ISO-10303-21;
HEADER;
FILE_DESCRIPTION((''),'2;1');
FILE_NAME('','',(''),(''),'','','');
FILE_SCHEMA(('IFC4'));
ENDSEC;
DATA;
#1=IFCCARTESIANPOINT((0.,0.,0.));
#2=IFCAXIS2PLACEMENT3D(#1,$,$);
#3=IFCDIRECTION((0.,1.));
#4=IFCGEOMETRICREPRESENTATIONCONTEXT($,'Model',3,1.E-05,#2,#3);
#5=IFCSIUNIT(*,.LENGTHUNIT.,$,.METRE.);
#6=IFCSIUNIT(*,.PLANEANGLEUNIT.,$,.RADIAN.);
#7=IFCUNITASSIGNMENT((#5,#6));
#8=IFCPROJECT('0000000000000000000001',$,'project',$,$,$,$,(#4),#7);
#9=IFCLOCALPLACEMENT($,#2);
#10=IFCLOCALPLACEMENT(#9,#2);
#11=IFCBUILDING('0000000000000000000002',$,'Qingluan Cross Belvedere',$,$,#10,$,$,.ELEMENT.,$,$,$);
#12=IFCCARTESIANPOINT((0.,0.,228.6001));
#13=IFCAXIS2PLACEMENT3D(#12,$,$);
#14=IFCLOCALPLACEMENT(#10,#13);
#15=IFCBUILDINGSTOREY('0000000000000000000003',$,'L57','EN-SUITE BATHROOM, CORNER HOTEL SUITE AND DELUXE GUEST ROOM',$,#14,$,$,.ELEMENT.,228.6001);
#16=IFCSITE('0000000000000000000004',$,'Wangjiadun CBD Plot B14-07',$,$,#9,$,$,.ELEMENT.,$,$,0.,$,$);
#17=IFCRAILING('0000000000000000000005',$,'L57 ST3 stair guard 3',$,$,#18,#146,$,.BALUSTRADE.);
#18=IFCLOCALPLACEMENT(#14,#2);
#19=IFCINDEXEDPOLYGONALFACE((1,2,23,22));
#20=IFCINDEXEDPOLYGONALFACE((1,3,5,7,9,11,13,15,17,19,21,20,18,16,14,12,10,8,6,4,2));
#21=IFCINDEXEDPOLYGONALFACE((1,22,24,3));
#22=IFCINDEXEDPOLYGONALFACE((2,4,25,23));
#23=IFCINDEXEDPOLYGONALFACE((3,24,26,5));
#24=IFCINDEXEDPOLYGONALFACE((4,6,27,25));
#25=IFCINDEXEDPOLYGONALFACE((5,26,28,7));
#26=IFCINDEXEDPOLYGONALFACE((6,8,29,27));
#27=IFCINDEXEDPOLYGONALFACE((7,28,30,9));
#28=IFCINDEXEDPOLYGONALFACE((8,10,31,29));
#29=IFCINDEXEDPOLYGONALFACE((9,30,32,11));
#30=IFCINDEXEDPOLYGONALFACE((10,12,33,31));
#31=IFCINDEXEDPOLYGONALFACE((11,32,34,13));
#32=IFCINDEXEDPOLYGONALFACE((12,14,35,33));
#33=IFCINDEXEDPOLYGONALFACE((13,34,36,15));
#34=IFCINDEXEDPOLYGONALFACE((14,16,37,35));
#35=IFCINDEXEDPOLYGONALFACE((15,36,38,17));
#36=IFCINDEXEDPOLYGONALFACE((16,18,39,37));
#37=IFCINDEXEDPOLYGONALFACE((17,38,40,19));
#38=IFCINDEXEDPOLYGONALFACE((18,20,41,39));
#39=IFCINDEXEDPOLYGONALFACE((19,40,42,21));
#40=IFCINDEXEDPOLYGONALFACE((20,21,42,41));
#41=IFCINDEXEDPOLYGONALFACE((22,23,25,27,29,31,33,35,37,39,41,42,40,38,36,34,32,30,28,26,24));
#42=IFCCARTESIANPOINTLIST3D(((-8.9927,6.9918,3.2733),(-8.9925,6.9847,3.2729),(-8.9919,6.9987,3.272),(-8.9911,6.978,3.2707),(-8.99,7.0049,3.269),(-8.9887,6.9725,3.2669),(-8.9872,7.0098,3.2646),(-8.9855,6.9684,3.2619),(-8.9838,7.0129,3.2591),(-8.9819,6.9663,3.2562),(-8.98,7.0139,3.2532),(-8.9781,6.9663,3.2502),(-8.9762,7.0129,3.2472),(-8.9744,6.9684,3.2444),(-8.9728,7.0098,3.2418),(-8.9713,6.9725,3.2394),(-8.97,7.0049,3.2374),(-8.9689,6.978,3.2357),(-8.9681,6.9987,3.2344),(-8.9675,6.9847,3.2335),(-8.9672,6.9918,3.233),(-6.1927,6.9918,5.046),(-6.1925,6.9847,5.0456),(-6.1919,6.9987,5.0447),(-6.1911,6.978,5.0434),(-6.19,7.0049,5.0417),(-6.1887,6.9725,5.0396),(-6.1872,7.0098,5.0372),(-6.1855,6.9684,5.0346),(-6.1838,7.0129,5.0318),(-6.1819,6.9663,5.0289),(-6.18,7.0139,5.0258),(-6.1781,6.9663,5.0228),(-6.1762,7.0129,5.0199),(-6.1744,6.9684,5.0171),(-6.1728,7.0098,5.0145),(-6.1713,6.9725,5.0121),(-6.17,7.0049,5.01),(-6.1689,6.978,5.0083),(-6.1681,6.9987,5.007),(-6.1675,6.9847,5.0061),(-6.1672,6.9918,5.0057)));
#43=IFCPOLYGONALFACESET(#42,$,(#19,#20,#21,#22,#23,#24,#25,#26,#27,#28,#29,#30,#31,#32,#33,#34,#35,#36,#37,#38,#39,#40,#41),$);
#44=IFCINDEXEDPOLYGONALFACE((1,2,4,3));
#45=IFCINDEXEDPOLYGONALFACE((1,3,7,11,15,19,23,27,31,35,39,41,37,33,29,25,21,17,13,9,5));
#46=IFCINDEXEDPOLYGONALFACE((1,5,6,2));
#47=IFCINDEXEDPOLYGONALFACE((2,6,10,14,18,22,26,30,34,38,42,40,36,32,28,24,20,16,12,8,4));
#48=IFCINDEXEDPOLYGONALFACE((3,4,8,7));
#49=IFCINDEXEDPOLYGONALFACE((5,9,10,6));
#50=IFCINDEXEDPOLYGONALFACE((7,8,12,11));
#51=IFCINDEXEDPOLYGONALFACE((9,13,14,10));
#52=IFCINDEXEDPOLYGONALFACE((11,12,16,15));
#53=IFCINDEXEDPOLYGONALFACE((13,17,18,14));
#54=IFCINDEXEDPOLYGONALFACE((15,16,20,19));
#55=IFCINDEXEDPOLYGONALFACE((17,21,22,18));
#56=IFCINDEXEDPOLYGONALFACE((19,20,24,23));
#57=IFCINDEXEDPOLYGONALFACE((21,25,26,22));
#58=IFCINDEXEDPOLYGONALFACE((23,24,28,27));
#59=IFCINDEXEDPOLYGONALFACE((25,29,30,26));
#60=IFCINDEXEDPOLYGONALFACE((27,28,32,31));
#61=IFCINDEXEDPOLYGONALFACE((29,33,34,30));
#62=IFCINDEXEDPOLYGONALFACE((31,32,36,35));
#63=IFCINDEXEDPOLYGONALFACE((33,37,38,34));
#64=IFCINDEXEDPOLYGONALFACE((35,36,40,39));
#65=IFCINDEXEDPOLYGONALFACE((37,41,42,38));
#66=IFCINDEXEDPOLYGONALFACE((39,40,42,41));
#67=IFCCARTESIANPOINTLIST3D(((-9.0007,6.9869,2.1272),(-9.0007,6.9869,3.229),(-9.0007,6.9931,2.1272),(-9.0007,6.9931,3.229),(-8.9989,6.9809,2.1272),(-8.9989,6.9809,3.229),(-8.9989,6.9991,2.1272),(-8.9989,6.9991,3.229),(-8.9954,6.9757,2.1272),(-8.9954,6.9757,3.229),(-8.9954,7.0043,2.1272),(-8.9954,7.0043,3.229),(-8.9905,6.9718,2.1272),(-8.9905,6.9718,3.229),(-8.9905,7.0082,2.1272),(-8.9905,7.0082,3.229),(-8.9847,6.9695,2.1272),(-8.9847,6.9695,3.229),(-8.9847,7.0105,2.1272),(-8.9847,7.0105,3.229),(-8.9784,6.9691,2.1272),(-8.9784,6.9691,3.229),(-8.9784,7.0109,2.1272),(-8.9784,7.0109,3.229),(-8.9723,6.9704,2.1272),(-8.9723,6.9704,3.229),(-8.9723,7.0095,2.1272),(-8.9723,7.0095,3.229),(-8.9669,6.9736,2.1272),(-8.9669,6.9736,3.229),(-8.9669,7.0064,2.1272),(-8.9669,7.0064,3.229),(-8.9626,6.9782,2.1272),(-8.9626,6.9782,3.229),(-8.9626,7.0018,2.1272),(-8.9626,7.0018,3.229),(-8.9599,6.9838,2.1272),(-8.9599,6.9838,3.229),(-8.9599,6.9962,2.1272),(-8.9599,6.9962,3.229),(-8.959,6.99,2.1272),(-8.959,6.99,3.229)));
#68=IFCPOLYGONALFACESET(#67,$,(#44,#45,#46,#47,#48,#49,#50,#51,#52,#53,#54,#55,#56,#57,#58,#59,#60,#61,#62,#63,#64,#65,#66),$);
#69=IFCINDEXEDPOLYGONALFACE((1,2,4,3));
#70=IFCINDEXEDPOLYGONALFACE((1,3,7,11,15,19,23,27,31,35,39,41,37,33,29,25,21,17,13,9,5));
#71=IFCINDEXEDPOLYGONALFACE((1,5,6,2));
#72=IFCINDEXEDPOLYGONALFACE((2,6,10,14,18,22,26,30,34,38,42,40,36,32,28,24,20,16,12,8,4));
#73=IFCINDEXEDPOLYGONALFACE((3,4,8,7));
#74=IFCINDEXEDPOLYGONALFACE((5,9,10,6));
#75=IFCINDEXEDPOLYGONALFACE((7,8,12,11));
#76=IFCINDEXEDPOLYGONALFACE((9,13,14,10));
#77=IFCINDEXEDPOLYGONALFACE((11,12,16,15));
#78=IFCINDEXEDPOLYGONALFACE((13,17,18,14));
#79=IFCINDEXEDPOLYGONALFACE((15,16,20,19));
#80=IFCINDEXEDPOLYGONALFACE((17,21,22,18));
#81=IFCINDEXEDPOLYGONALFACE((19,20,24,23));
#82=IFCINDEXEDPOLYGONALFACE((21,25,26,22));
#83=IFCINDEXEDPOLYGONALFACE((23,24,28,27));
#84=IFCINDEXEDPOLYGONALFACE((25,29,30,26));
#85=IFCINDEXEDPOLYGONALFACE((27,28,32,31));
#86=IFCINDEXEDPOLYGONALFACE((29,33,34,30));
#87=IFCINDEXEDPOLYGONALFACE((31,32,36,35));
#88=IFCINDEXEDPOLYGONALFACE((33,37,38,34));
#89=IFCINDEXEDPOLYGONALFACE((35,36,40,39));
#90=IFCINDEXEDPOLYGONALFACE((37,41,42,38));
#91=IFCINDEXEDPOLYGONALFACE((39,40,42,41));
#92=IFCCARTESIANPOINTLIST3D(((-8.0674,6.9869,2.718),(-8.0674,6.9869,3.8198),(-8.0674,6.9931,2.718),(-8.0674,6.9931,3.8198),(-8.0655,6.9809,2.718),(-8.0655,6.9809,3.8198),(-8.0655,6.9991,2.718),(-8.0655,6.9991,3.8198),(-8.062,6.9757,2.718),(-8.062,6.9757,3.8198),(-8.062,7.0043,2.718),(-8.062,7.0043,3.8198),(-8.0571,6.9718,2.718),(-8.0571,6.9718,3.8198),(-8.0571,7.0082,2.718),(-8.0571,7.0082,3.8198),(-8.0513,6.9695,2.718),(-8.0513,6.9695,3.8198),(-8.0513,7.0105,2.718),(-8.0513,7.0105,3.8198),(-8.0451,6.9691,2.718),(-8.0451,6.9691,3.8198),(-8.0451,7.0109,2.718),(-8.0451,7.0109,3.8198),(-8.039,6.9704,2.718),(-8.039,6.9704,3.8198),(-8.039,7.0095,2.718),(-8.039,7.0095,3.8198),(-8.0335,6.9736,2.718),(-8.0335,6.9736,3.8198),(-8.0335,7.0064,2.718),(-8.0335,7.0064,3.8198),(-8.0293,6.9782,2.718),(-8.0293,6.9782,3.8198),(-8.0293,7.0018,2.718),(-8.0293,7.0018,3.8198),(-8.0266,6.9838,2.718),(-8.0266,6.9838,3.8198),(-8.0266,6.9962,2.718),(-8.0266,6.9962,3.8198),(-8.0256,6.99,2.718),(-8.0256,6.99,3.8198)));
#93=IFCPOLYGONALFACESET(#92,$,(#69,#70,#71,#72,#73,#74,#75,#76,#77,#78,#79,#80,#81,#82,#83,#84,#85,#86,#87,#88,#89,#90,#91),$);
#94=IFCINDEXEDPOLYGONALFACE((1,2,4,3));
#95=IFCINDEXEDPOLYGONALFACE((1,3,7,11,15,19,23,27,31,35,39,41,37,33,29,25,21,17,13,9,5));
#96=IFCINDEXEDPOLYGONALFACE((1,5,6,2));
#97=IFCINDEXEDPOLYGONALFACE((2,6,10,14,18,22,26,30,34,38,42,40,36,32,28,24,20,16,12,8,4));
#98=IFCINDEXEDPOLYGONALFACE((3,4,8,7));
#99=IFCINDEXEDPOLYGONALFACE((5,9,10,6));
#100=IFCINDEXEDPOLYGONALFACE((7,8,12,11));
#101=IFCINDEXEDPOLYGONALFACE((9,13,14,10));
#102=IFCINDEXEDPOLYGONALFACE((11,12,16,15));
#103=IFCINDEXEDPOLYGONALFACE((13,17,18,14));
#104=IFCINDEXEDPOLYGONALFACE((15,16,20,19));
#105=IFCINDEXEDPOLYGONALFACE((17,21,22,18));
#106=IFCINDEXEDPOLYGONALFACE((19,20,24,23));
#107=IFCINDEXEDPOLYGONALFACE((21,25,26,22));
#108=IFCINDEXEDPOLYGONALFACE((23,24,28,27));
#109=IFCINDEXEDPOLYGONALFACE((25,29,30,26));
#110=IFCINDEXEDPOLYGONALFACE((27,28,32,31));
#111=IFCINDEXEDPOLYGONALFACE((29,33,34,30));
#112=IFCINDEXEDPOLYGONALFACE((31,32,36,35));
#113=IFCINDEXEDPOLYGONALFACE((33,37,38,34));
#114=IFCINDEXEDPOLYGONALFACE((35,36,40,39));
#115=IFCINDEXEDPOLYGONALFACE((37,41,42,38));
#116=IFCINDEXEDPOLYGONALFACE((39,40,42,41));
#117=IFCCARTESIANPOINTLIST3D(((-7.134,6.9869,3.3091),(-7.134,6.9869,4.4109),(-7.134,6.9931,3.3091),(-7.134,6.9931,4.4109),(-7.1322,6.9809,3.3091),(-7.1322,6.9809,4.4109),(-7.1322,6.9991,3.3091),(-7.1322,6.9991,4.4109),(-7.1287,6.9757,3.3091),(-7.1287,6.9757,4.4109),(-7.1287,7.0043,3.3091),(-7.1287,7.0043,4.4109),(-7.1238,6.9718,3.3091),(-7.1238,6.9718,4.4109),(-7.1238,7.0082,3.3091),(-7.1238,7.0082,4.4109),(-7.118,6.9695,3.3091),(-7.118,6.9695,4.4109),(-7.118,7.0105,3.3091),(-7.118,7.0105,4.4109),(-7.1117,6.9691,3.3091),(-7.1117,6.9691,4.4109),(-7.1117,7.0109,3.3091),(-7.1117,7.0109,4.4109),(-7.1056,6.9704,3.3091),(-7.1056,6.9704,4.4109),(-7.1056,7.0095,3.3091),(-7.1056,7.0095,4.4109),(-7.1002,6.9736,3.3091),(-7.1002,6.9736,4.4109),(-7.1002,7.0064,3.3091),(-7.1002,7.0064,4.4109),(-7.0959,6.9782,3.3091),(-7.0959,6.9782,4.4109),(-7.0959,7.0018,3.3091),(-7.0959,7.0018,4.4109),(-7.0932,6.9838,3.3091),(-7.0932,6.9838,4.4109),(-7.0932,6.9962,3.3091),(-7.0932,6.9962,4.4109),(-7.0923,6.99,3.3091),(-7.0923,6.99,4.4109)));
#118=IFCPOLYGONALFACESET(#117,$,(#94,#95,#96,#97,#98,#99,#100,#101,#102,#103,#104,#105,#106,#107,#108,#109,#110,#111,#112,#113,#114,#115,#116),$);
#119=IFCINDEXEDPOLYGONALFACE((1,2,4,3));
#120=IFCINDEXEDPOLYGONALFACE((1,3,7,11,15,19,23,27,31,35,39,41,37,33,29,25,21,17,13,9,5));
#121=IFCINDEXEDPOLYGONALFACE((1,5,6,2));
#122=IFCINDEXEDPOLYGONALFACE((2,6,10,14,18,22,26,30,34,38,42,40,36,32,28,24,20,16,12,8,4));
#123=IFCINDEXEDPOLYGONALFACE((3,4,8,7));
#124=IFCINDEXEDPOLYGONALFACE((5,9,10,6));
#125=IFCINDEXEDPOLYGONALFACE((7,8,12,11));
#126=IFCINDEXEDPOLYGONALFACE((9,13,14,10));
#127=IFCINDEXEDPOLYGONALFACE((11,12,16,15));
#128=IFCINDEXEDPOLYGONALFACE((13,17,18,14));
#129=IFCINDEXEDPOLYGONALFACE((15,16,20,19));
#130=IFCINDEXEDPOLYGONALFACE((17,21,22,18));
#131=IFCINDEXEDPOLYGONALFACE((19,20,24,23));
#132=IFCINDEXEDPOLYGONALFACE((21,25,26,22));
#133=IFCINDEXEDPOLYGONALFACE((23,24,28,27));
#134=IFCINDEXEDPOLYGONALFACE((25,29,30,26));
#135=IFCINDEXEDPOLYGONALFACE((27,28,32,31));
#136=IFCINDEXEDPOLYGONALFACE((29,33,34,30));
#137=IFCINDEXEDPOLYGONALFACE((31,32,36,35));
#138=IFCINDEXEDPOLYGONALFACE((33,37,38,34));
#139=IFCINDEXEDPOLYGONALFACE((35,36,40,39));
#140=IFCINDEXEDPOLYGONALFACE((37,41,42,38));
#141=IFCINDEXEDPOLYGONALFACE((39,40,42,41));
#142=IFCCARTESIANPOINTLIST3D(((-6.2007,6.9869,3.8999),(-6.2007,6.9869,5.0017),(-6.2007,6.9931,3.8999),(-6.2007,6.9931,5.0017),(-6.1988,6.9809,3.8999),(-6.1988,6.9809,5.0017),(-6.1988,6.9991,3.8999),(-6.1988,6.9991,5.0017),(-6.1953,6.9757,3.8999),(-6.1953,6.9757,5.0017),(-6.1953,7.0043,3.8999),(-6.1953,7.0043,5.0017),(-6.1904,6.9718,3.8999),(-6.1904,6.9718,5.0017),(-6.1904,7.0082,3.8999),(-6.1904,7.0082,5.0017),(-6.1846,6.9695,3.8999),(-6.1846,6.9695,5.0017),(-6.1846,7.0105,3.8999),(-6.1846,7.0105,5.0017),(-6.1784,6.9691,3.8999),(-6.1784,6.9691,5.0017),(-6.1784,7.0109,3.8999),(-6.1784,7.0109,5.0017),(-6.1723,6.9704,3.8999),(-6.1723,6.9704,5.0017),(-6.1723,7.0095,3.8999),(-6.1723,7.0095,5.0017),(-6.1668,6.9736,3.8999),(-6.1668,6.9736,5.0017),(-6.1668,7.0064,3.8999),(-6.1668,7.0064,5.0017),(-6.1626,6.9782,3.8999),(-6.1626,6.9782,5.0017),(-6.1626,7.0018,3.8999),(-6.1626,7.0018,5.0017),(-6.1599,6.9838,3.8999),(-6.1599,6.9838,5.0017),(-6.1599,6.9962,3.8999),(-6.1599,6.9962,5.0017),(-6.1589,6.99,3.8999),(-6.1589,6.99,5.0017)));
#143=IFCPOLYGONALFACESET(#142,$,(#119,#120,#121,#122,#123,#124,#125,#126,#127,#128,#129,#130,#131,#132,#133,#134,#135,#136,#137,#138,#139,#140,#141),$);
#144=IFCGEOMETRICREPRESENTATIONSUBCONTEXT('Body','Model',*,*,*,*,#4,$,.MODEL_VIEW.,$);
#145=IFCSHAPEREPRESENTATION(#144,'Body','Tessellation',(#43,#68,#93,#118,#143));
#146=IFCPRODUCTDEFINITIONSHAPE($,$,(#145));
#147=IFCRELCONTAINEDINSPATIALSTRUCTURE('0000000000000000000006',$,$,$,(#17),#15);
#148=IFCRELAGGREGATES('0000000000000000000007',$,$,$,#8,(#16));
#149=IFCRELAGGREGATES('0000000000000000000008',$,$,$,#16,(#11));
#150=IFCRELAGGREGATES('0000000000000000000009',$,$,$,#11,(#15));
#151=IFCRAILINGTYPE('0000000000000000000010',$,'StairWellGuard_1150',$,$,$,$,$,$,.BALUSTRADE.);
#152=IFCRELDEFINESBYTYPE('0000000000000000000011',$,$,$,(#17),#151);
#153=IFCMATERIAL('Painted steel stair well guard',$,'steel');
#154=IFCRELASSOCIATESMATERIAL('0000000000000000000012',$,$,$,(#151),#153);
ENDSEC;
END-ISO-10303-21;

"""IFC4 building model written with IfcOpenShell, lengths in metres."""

from ifc_helpers import new_model, si_unit, direction, frame, origin, origin_2d, place, context, subcontext, project, spatial, circle, extrude, material, type_object, element, save


model = new_model("IFC4")

# Units and contexts
model_context = context("Model", 3, precision=1e-05, world=origin(), true_north=direction((0.0, 1.0)))
body_context = subcontext(model_context, "Body", "Model", "MODEL_VIEW")
ifc_project = project(units=[si_unit("LENGTHUNIT", "METRE"), si_unit("PLANEANGLEUNIT", "RADIAN")], contexts=[model_context])

# Site, building, storey
site_placement = place(None, origin())
site = spatial("IfcSite", under=ifc_project, at=site_placement, Name="Wangjiadun CBD Plot B14-07", CompositionType="ELEMENT", RefElevation=0.0)
building_placement = place(site_placement, origin())
building = spatial("IfcBuilding", under=site, at=building_placement, Name="Qingluan Cross Belvedere", CompositionType="ELEMENT")
storey_placement = place(building_placement, frame((0.0, 0.0, 228.6001)))
storey = spatial("IfcBuildingStorey", under=building, at=storey_placement, Name="L57", Description="EN-SUITE BATHROOM, CORNER HOTEL SUITE AND DELUXE GUEST ROOM", CompositionType="ELEMENT", Elevation=228.6001)

# Railing
ifc_material_1 = material(Name="Painted steel stair well guard", Category="steel")
railing_type_1 = type_object("IfcRailingType", Name="StairWellGuard_1150", PredefinedType="BALUSTRADE", material=ifc_material_1)
railing_1_placement = place(storey_placement, frame((-8.98, 6.99, 2.1272)))
element("IfcRailing", 1, at=railing_1_placement, inside=storey, type_object=railing_type_1, Name="L57 ST3 stair guard 3", PredefinedType="BALUSTRADE", context=body_context, shape_type="SweptSolid", body=[
    extrude(circle(Radius=0.0239, at=origin_2d()), frame((0.0, 0.0, 1.126), z_axis=(0.844909, 0.0, 0.53491), x_axis=(0.0, 1.0, 0.0)), (0.0, 0.0, 1.0), 3.314),
    extrude(circle(Radius=0.021, at=origin_2d()), origin(), (0.0, 0.0, 1.0), 1.1018),
    extrude(circle(Radius=0.021, at=origin_2d()), frame((0.9333, 0.0, 0.5908)), (0.0, 0.0, 1.0), 1.1018),
    extrude(circle(Radius=0.021, at=origin_2d()), frame((1.8667, 0.0, 1.1819)), (0.0, 0.0, 1.0), 1.1018),
    extrude(circle(Radius=0.021, at=origin_2d()), frame((2.8, 0.0, 1.7727)), (0.0, 0.0, 1.0), 1.1018),
])

save(model, "model.ifc")
